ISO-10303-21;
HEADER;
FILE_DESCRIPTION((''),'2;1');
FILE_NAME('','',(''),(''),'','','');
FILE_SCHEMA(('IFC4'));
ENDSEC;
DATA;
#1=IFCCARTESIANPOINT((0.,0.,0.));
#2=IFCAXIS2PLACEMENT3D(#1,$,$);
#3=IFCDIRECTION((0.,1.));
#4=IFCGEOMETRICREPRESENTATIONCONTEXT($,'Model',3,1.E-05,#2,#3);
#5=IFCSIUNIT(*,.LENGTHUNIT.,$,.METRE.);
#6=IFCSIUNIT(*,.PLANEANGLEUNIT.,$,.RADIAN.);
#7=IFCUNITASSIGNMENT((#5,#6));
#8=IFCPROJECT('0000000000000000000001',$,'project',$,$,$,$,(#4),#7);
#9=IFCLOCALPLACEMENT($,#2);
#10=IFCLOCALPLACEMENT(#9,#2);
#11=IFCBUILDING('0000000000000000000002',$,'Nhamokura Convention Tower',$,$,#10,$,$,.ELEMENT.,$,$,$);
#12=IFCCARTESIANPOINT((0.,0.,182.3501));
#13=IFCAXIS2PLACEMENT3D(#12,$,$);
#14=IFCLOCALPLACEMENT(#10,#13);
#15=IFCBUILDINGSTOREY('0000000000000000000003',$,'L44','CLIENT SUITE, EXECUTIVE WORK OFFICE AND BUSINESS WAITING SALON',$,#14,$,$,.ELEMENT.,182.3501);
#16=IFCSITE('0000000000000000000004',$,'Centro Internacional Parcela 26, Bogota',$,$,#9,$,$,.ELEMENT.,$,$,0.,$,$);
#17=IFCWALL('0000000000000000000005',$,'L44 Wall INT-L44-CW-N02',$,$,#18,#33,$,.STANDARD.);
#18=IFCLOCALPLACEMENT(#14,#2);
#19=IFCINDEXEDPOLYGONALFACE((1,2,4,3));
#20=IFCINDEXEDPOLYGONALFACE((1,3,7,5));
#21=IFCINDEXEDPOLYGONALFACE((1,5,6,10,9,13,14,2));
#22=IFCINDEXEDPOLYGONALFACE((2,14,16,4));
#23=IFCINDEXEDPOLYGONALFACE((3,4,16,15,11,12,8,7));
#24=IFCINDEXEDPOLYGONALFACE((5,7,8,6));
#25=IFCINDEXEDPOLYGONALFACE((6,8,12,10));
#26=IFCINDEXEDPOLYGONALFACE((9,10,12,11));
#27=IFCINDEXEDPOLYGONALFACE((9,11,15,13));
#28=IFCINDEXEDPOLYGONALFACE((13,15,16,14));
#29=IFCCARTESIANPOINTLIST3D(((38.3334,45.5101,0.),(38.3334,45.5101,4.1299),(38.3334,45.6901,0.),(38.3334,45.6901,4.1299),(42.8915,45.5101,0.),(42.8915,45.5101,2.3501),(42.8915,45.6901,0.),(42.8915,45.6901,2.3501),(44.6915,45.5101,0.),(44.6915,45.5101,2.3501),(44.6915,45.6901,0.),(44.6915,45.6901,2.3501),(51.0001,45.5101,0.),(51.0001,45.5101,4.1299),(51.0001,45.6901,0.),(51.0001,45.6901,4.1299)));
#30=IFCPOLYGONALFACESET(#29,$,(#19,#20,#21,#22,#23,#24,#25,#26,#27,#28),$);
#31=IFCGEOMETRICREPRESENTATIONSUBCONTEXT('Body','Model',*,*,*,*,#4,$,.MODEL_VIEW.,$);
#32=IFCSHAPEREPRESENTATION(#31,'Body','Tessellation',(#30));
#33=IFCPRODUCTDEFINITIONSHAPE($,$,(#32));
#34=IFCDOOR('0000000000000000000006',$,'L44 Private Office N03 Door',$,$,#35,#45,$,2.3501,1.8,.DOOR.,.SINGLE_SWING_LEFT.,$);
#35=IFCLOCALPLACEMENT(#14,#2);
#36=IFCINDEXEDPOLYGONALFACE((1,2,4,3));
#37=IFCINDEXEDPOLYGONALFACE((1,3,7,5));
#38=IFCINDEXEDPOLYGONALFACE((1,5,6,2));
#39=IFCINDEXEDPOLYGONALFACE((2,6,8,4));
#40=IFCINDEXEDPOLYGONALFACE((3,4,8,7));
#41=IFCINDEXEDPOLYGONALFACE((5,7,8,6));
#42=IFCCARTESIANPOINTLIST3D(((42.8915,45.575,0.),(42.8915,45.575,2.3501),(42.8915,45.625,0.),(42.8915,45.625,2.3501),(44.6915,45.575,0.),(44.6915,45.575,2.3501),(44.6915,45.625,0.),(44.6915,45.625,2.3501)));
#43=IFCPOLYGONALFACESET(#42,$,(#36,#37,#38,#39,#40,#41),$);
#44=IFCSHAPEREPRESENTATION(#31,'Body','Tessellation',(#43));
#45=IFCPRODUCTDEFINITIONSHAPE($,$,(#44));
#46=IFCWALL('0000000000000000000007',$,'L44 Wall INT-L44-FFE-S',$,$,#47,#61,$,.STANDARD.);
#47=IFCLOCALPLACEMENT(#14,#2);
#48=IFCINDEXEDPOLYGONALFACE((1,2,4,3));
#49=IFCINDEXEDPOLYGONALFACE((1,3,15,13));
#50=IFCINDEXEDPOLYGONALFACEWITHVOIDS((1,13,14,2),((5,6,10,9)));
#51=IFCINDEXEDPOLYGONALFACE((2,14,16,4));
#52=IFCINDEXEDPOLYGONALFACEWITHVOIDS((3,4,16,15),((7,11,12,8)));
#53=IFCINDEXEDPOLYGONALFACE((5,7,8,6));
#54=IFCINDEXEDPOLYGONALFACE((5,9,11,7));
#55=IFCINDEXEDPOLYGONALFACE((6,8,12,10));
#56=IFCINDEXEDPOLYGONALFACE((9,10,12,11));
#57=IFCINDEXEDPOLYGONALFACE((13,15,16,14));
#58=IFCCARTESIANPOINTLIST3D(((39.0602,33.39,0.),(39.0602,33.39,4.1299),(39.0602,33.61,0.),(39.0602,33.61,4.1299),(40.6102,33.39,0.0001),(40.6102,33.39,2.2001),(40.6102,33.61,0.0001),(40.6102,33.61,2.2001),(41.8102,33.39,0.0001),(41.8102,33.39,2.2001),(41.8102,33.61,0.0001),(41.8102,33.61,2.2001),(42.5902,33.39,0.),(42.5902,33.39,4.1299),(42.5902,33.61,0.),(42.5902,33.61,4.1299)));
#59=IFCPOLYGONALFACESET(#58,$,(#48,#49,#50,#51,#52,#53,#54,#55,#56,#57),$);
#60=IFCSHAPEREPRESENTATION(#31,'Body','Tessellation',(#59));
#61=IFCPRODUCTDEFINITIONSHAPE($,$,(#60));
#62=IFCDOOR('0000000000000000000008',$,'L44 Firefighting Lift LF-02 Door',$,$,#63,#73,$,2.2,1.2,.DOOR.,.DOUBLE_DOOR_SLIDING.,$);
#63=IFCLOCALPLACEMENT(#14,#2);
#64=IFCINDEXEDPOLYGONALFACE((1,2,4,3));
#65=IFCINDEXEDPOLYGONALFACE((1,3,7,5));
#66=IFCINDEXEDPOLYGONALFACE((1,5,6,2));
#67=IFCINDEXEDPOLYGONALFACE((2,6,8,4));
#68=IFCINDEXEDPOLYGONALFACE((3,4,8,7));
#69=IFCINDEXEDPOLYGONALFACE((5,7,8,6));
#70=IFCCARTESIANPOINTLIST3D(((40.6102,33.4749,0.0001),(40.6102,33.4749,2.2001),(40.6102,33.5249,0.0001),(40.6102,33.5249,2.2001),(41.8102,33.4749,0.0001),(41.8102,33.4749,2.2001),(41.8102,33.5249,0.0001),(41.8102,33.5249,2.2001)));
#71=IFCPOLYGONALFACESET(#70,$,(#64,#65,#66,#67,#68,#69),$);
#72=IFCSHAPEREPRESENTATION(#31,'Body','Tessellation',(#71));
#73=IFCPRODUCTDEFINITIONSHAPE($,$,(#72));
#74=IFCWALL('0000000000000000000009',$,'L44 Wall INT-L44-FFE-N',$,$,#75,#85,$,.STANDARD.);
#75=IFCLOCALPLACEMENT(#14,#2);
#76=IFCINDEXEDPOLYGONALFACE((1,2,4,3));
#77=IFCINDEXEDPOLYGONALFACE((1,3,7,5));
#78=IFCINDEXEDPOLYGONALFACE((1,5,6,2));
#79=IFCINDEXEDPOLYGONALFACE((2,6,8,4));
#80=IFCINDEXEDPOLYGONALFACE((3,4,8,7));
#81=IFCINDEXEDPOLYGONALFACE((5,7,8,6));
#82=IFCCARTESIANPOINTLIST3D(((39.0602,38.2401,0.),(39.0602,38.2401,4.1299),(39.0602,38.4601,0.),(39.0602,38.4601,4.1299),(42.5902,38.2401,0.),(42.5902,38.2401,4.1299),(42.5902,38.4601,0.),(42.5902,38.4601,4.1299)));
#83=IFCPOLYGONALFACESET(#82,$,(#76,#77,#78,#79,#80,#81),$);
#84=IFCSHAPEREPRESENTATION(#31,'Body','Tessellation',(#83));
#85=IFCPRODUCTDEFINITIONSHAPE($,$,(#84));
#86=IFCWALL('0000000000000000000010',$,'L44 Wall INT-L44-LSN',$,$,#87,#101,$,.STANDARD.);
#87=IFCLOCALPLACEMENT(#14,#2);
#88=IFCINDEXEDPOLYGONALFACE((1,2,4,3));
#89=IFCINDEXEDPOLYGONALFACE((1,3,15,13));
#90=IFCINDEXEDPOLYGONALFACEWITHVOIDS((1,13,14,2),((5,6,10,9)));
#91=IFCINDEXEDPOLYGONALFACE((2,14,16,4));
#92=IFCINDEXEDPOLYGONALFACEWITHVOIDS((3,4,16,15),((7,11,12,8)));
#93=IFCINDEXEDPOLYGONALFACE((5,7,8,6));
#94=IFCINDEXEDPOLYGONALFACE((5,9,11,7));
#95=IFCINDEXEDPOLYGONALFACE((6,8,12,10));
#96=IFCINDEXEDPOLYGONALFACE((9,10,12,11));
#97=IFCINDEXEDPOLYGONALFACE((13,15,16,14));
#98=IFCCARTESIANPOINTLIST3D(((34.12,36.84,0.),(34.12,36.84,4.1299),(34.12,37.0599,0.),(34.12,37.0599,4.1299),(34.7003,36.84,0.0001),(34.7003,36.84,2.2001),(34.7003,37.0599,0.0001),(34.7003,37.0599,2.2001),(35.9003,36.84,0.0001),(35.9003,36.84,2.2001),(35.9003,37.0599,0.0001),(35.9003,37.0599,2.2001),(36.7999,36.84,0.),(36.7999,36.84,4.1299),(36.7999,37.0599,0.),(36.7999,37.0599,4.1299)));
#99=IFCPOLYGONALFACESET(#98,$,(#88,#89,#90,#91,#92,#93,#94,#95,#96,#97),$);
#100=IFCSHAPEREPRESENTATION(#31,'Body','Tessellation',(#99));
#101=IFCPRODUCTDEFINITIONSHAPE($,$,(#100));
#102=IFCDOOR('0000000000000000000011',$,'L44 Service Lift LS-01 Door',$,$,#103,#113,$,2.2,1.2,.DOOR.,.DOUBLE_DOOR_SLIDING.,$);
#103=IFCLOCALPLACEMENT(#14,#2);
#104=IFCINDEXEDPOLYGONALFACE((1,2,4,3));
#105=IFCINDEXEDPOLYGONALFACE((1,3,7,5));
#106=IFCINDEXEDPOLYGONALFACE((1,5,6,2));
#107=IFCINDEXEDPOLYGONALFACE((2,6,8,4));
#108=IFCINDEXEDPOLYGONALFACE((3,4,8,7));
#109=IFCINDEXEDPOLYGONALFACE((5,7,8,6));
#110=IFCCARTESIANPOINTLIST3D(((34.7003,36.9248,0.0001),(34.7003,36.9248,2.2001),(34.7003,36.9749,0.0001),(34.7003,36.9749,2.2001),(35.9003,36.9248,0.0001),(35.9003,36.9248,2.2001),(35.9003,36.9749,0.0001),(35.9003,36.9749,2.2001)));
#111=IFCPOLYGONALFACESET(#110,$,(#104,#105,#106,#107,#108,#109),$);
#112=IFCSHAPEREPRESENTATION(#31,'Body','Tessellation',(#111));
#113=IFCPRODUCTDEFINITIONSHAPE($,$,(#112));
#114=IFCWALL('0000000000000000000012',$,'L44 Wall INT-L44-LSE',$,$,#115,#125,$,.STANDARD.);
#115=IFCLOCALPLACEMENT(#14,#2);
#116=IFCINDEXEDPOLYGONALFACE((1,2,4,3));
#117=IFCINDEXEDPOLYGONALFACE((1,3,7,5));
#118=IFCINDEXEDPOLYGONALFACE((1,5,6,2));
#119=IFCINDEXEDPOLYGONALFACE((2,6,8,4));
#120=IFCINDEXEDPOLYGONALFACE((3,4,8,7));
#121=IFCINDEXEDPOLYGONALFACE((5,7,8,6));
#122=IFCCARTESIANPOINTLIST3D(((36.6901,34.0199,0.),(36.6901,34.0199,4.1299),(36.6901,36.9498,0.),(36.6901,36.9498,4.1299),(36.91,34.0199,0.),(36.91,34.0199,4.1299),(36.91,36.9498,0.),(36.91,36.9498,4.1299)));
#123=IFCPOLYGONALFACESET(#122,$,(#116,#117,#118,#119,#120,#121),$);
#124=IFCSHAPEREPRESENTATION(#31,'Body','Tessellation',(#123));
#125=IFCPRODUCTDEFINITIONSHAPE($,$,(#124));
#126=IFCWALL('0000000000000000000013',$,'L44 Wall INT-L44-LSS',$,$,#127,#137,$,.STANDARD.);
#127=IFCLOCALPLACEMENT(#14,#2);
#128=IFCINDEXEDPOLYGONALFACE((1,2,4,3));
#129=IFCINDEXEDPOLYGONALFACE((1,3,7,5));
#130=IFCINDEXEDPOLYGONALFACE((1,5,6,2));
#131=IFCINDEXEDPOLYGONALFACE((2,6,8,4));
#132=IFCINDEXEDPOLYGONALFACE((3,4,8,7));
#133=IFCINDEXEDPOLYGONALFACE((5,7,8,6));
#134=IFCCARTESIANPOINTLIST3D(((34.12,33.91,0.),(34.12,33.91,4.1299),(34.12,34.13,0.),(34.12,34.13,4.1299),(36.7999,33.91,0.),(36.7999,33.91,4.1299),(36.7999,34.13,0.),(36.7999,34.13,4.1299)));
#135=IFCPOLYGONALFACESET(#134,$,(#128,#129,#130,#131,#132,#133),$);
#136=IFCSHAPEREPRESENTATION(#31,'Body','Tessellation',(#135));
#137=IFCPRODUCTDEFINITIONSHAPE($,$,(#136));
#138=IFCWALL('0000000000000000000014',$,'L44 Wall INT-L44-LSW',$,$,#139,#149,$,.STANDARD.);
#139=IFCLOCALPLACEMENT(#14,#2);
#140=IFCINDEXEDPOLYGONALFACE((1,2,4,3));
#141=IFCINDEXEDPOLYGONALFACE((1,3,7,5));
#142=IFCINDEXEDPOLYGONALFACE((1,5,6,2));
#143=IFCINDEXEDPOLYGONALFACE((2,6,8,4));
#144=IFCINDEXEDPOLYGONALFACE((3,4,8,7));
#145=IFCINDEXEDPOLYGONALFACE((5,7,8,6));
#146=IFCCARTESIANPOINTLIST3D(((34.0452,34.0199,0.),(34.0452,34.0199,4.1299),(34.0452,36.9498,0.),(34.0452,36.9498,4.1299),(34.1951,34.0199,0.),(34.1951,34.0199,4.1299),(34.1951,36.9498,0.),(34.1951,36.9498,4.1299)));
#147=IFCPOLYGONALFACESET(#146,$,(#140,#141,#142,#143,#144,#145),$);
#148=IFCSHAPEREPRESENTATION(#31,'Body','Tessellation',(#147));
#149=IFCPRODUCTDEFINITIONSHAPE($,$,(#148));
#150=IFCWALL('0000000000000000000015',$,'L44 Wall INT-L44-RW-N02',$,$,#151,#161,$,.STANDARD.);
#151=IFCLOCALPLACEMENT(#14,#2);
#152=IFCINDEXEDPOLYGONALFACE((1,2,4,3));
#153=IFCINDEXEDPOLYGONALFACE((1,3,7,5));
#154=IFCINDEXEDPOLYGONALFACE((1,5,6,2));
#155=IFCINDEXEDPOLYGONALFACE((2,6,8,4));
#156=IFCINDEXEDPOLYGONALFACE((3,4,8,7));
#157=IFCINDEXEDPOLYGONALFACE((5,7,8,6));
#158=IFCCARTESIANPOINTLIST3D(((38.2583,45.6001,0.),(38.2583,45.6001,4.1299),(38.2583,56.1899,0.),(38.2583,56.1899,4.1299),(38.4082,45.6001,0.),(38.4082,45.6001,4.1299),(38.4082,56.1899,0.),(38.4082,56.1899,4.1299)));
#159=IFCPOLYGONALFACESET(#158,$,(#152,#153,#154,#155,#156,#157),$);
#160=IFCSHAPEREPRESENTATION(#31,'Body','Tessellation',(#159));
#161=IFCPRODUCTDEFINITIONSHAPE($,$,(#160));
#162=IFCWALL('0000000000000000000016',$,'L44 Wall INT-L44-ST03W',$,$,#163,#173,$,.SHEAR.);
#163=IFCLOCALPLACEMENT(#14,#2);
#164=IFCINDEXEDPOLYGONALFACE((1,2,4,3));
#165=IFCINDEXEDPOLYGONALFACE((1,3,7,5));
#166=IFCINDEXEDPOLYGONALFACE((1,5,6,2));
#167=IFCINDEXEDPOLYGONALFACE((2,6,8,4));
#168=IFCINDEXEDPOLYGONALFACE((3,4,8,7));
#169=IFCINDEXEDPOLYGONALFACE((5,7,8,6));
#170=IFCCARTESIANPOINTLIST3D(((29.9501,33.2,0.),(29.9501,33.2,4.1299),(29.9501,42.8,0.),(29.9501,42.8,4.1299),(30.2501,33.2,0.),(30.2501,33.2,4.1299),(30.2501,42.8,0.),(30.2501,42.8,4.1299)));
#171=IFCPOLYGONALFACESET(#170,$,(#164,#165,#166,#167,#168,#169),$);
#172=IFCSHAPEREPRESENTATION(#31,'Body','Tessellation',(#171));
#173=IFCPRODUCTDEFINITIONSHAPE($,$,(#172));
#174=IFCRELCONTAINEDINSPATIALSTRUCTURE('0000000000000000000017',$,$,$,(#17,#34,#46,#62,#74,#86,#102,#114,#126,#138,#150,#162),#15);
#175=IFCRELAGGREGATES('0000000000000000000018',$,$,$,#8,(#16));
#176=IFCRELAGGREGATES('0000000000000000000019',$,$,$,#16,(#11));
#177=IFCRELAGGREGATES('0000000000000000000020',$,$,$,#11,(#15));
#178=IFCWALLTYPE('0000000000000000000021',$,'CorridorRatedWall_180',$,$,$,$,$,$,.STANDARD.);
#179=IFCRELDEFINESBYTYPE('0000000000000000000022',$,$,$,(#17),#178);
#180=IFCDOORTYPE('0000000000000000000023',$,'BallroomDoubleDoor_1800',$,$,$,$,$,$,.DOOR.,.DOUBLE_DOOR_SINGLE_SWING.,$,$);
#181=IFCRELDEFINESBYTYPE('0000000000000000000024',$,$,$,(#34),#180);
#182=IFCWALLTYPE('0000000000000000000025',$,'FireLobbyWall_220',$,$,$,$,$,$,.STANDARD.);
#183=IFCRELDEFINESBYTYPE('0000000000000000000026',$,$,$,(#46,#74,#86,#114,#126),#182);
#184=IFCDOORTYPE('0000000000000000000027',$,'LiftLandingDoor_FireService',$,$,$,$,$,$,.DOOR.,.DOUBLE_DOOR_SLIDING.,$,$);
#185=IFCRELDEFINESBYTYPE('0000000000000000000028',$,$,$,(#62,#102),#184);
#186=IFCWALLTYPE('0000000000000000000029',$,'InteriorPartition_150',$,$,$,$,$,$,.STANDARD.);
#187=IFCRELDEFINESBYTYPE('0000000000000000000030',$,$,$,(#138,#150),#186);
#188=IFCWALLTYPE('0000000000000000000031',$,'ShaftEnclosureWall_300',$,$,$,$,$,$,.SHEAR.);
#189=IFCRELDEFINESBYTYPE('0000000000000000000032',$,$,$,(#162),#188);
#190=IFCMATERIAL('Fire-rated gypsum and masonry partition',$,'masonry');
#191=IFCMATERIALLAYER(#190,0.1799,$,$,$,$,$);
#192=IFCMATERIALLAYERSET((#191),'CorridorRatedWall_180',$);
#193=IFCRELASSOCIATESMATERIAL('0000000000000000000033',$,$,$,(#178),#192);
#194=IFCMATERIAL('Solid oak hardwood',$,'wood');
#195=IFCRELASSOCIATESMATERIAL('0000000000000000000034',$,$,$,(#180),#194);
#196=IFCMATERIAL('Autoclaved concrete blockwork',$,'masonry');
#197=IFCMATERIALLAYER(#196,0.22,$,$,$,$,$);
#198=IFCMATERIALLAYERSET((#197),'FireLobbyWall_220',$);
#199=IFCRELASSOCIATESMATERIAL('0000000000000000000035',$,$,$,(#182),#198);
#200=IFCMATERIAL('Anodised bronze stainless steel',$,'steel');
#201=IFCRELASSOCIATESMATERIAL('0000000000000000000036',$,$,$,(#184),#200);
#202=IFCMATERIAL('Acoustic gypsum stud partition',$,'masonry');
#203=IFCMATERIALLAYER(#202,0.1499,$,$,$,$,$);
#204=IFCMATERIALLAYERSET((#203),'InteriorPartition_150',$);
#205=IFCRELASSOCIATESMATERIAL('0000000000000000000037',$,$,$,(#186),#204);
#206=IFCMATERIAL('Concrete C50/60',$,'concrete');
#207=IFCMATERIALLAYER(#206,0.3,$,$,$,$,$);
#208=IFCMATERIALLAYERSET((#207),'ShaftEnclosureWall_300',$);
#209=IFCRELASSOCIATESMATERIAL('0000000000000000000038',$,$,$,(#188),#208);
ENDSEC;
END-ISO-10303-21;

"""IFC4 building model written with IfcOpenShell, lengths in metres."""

from ifc_helpers import new_model, si_unit, direction, frame, frame_2d, origin, place, context, subcontext, project, spatial, rectangle, extrude, material, layer, layer_set, type_object, element, fill, save


model = new_model("IFC4")

# Units and contexts
model_context = context("Model", 3, precision=1e-05, world=origin(), true_north=direction((0.0, 1.0)))
body_context = subcontext(model_context, "Body", "Model", "MODEL_VIEW")
ifc_project = project(units=[si_unit("LENGTHUNIT", "METRE"), si_unit("PLANEANGLEUNIT", "RADIAN")], contexts=[model_context])

# Site, building, storey
site_placement = place(None, origin())
site = spatial("IfcSite", under=ifc_project, at=site_placement, Name="Centro Internacional Parcela 26, Bogota", CompositionType="ELEMENT", RefElevation=0.0)
building_placement = place(site_placement, origin())
building = spatial("IfcBuilding", under=site, at=building_placement, Name="Nhamokura Convention Tower", CompositionType="ELEMENT")
storey_placement = place(building_placement, frame((0.0, 0.0, 182.3501)))
storey = spatial("IfcBuildingStorey", under=building, at=storey_placement, Name="L44", Description="CLIENT SUITE, EXECUTIVE WORK OFFICE AND BUSINESS WAITING SALON", CompositionType="ELEMENT", Elevation=182.3501)

# Walls, openings, doors
ifc_material_1 = material(Name="Fire-rated gypsum and masonry partition", Category="masonry")
ifc_layer_1 = layer(ifc_material_1, 0.1799)
ifc_layer_set_1 = layer_set([ifc_layer_1], Name="CorridorRatedWall_180")
wall_type_1 = type_object("IfcWallType", Name="CorridorRatedWall_180", PredefinedType="STANDARD", material=ifc_layer_set_1)
wall_1_placement = place(storey_placement, frame((38.3333, 45.6001, 0.0), z_axis=(0.0, 0.0, 1.0), x_axis=(1.0, 0.0, 0.0)))
wall_1 = element("IfcWall", 1, at=wall_1_placement, inside=storey, type_object=wall_type_1, Name="L44 Wall INT-L44-CW-N02", PredefinedType="STANDARD", context=body_context, shape_type="SweptSolid", body=[
    extrude(rectangle(XDim=12.6667, YDim=0.1799, at=frame_2d((6.3335, 0.0))), origin(), (0.0, 0.0, 1.0), 4.1299),
])
opening_1_placement = place(wall_1_placement, frame((4.5583, 0.0, 0.0)))
opening_1 = element("IfcOpeningElement", 2, at=opening_1_placement, cuts=wall_1, PredefinedType="OPENING", context=body_context, shape_type="SweptSolid", body=[
    extrude(rectangle(XDim=1.8, YDim=2.3501, at=frame_2d((0.8999, 1.175))), frame((0.0, 0.0999, 0.0), z_axis=(0.0, -1.0, 0.0), x_axis=(1.0, 0.0, 0.0)), (0.0, 0.0, 1.0), 0.2),
])
ifc_material_2 = material(Name="Solid oak hardwood", Category="wood")
door_type_1 = type_object("IfcDoorType", Name="BallroomDoubleDoor_1800", OperationType="DOUBLE_DOOR_SINGLE_SWING", PredefinedType="DOOR", material=ifc_material_2)
door_1_placement = place(opening_1_placement, origin())
door_1 = element("IfcDoor", 3, at=door_1_placement, inside=storey, type_object=door_type_1, Name="L44 Private Office N03 Door", OperationType="SINGLE_SWING_LEFT", OverallHeight=2.3501, OverallWidth=1.8, PredefinedType="DOOR", context=body_context, shape_type="SweptSolid", body=[
    extrude(rectangle(XDim=1.8, YDim=2.3501, at=frame_2d((0.8999, 1.175))), frame((0.0, 0.0249, 0.0), z_axis=(0.0, -1.0, 0.0), x_axis=(1.0, 0.0, 0.0)), (0.0, 0.0, 1.0), 0.05),
])
fill(opening_1, door_1)
ifc_material_3 = material(Name="Autoclaved concrete blockwork", Category="masonry")
ifc_layer_2 = layer(ifc_material_3, 0.22)
ifc_layer_set_2 = layer_set([ifc_layer_2], Name="FireLobbyWall_220")
wall_type_2 = type_object("IfcWallType", Name="FireLobbyWall_220", PredefinedType="STANDARD", material=ifc_layer_set_2)
wall_2_placement = place(storey_placement, frame((39.0601, 33.5, 0.0), z_axis=(0.0, 0.0, 1.0), x_axis=(1.0, 0.0, 0.0)))
wall_2 = element("IfcWall", 4, at=wall_2_placement, inside=storey, type_object=wall_type_2, Name="L44 Wall INT-L44-FFE-S", PredefinedType="STANDARD", context=body_context, shape_type="SweptSolid", body=[
    extrude(rectangle(XDim=3.53, YDim=0.22, at=frame_2d((1.7651, 0.0))), origin(), (0.0, 0.0, 1.0), 4.1299),
])
opening_2_placement = place(wall_2_placement, frame((1.55, 0.0, 0.0)))
opening_2 = element("IfcOpeningElement", 5, at=opening_2_placement, cuts=wall_2, PredefinedType="OPENING", context=body_context, shape_type="SweptSolid", body=[
    extrude(rectangle(XDim=1.2, YDim=2.2, at=frame_2d((0.6001, 1.1001))), frame((0.0, 0.1199, 0.0), z_axis=(0.0, -1.0, 0.0), x_axis=(1.0, 0.0, 0.0)), (0.0, 0.0, 1.0), 0.24),
])
ifc_material_4 = material(Name="Anodised bronze stainless steel", Category="steel")
door_type_2 = type_object("IfcDoorType", Name="LiftLandingDoor_FireService", OperationType="DOUBLE_DOOR_SLIDING", PredefinedType="DOOR", material=ifc_material_4)
door_2_placement = place(opening_2_placement, origin())
door_2 = element("IfcDoor", 6, at=door_2_placement, inside=storey, type_object=door_type_2, Name="L44 Firefighting Lift LF-02 Door", OperationType="DOUBLE_DOOR_SLIDING", OverallHeight=2.2, OverallWidth=1.2, PredefinedType="DOOR", context=body_context, shape_type="SweptSolid", body=[
    extrude(rectangle(XDim=1.2, YDim=2.2, at=frame_2d((0.6001, 1.1001))), frame((0.0, 0.0249, 0.0), z_axis=(0.0, -1.0, 0.0), x_axis=(1.0, 0.0, 0.0)), (0.0, 0.0, 1.0), 0.05),
])
fill(opening_2, door_2)

# Wall
wall_3_placement = place(storey_placement, frame((39.0601, 38.3501, 0.0), z_axis=(0.0, 0.0, 1.0), x_axis=(1.0, 0.0, 0.0)))
element("IfcWall", 7, at=wall_3_placement, inside=storey, type_object=wall_type_2, Name="L44 Wall INT-L44-FFE-N", PredefinedType="STANDARD", context=body_context, shape_type="SweptSolid", body=[
    extrude(rectangle(XDim=3.53, YDim=0.22, at=frame_2d((1.7651, 0.0))), origin(), (0.0, 0.0, 1.0), 4.1299),
])

# Wall, opening, door
wall_4_placement = place(storey_placement, frame((34.1201, 36.95, 0.0), z_axis=(0.0, 0.0, 1.0), x_axis=(1.0, 0.0, 0.0)))
wall_4 = element("IfcWall", 8, at=wall_4_placement, inside=storey, type_object=wall_type_2, Name="L44 Wall INT-L44-LSN", PredefinedType="STANDARD", context=body_context, shape_type="SweptSolid", body=[
    extrude(rectangle(XDim=2.6799, YDim=0.22, at=frame_2d((1.3398, 0.0))), origin(), (0.0, 0.0, 1.0), 4.1299),
])
opening_3_placement = place(wall_4_placement, frame((0.5801, 0.0, 0.0)))
opening_3 = element("IfcOpeningElement", 9, at=opening_3_placement, cuts=wall_4, PredefinedType="OPENING", context=body_context, shape_type="SweptSolid", body=[
    extrude(rectangle(XDim=1.2, YDim=2.2, at=frame_2d((0.6001, 1.1001))), frame((0.0, 0.1199, 0.0), z_axis=(0.0, -1.0, 0.0), x_axis=(1.0, 0.0, 0.0)), (0.0, 0.0, 1.0), 0.24),
])
door_3_placement = place(opening_3_placement, origin())
door_3 = element("IfcDoor", 10, at=door_3_placement, inside=storey, type_object=door_type_2, Name="L44 Service Lift LS-01 Door", OperationType="DOUBLE_DOOR_SLIDING", OverallHeight=2.2, OverallWidth=1.2, PredefinedType="DOOR", context=body_context, shape_type="SweptSolid", body=[
    extrude(rectangle(XDim=1.2, YDim=2.2, at=frame_2d((0.6001, 1.1001))), frame((0.0, 0.0249, 0.0), z_axis=(0.0, -1.0, 0.0), x_axis=(1.0, 0.0, 0.0)), (0.0, 0.0, 1.0), 0.05),
])
fill(opening_3, door_3)

# Walls
wall_5_placement = place(storey_placement, frame((36.8, 34.02, 0.0), z_axis=(0.0, 0.0, 1.0), x_axis=(0.0, 1.0, 0.0)))
element("IfcWall", 11, at=wall_5_placement, inside=storey, type_object=wall_type_2, Name="L44 Wall INT-L44-LSE", PredefinedType="STANDARD", context=body_context, shape_type="SweptSolid", body=[
    extrude(rectangle(XDim=2.9299, YDim=0.22, at=frame_2d((1.4648, 0.0))), origin(), (0.0, 0.0, 1.0), 4.1299),
])
wall_6_placement = place(storey_placement, frame((34.1201, 34.02, 0.0), z_axis=(0.0, 0.0, 1.0), x_axis=(1.0, 0.0, 0.0)))
element("IfcWall", 12, at=wall_6_placement, inside=storey, type_object=wall_type_2, Name="L44 Wall INT-L44-LSS", PredefinedType="STANDARD", context=body_context, shape_type="SweptSolid", body=[
    extrude(rectangle(XDim=2.6799, YDim=0.22, at=frame_2d((1.3398, 0.0))), origin(), (0.0, 0.0, 1.0), 4.1299),
])
ifc_material_5 = material(Name="Acoustic gypsum stud partition", Category="masonry")
ifc_layer_3 = layer(ifc_material_5, 0.1499)
ifc_layer_set_3 = layer_set([ifc_layer_3], Name="InteriorPartition_150")
wall_type_3 = type_object("IfcWallType", Name="InteriorPartition_150", PredefinedType="STANDARD", material=ifc_layer_set_3)
wall_7_placement = place(storey_placement, frame((34.1201, 34.02, 0.0), z_axis=(0.0, 0.0, 1.0), x_axis=(0.0, 1.0, 0.0)))
element("IfcWall", 13, at=wall_7_placement, inside=storey, type_object=wall_type_3, Name="L44 Wall INT-L44-LSW", PredefinedType="STANDARD", context=body_context, shape_type="SweptSolid", body=[
    extrude(rectangle(XDim=2.9299, YDim=0.1499, at=frame_2d((1.4648, 0.0))), origin(), (0.0, 0.0, 1.0), 4.1299),
])
wall_8_placement = place(storey_placement, frame((38.3333, 45.6001, 0.0), z_axis=(0.0, 0.0, 1.0), x_axis=(0.0, 1.0, 0.0)))
element("IfcWall", 14, at=wall_8_placement, inside=storey, type_object=wall_type_3, Name="L44 Wall INT-L44-RW-N02", PredefinedType="STANDARD", context=body_context, shape_type="SweptSolid", body=[
    extrude(rectangle(XDim=10.5898, YDim=0.1499, at=frame_2d((5.2949, 0.0))), origin(), (0.0, 0.0, 1.0), 4.1299),
])
ifc_material_6 = material(Name="Concrete C50/60", Category="concrete")
ifc_layer_4 = layer(ifc_material_6, 0.3)
ifc_layer_set_4 = layer_set([ifc_layer_4], Name="ShaftEnclosureWall_300")
wall_type_4 = type_object("IfcWallType", Name="ShaftEnclosureWall_300", PredefinedType="SHEAR", material=ifc_layer_set_4)
for number, where, z_axis, x_axis, name in (
    (15, (30.1001, 33.2, 0.0), (0.0, 0.0, 1.0), (0.0, 1.0, 0.0), "L44 Wall INT-L44-ST03W"),
):
    element("IfcWall", number, at=place(storey_placement, frame(where, z_axis=z_axis, x_axis=x_axis)), inside=storey, type_object=wall_type_4, Name=name, PredefinedType="SHEAR", context=body_context, shape_type="SweptSolid", body=[
        extrude(rectangle(XDim=9.6001, YDim=0.3, at=frame_2d((4.8, 0.0))), origin(), (0.0, 0.0, 1.0), 4.1299),
    ])

save(model, "model.ifc")
